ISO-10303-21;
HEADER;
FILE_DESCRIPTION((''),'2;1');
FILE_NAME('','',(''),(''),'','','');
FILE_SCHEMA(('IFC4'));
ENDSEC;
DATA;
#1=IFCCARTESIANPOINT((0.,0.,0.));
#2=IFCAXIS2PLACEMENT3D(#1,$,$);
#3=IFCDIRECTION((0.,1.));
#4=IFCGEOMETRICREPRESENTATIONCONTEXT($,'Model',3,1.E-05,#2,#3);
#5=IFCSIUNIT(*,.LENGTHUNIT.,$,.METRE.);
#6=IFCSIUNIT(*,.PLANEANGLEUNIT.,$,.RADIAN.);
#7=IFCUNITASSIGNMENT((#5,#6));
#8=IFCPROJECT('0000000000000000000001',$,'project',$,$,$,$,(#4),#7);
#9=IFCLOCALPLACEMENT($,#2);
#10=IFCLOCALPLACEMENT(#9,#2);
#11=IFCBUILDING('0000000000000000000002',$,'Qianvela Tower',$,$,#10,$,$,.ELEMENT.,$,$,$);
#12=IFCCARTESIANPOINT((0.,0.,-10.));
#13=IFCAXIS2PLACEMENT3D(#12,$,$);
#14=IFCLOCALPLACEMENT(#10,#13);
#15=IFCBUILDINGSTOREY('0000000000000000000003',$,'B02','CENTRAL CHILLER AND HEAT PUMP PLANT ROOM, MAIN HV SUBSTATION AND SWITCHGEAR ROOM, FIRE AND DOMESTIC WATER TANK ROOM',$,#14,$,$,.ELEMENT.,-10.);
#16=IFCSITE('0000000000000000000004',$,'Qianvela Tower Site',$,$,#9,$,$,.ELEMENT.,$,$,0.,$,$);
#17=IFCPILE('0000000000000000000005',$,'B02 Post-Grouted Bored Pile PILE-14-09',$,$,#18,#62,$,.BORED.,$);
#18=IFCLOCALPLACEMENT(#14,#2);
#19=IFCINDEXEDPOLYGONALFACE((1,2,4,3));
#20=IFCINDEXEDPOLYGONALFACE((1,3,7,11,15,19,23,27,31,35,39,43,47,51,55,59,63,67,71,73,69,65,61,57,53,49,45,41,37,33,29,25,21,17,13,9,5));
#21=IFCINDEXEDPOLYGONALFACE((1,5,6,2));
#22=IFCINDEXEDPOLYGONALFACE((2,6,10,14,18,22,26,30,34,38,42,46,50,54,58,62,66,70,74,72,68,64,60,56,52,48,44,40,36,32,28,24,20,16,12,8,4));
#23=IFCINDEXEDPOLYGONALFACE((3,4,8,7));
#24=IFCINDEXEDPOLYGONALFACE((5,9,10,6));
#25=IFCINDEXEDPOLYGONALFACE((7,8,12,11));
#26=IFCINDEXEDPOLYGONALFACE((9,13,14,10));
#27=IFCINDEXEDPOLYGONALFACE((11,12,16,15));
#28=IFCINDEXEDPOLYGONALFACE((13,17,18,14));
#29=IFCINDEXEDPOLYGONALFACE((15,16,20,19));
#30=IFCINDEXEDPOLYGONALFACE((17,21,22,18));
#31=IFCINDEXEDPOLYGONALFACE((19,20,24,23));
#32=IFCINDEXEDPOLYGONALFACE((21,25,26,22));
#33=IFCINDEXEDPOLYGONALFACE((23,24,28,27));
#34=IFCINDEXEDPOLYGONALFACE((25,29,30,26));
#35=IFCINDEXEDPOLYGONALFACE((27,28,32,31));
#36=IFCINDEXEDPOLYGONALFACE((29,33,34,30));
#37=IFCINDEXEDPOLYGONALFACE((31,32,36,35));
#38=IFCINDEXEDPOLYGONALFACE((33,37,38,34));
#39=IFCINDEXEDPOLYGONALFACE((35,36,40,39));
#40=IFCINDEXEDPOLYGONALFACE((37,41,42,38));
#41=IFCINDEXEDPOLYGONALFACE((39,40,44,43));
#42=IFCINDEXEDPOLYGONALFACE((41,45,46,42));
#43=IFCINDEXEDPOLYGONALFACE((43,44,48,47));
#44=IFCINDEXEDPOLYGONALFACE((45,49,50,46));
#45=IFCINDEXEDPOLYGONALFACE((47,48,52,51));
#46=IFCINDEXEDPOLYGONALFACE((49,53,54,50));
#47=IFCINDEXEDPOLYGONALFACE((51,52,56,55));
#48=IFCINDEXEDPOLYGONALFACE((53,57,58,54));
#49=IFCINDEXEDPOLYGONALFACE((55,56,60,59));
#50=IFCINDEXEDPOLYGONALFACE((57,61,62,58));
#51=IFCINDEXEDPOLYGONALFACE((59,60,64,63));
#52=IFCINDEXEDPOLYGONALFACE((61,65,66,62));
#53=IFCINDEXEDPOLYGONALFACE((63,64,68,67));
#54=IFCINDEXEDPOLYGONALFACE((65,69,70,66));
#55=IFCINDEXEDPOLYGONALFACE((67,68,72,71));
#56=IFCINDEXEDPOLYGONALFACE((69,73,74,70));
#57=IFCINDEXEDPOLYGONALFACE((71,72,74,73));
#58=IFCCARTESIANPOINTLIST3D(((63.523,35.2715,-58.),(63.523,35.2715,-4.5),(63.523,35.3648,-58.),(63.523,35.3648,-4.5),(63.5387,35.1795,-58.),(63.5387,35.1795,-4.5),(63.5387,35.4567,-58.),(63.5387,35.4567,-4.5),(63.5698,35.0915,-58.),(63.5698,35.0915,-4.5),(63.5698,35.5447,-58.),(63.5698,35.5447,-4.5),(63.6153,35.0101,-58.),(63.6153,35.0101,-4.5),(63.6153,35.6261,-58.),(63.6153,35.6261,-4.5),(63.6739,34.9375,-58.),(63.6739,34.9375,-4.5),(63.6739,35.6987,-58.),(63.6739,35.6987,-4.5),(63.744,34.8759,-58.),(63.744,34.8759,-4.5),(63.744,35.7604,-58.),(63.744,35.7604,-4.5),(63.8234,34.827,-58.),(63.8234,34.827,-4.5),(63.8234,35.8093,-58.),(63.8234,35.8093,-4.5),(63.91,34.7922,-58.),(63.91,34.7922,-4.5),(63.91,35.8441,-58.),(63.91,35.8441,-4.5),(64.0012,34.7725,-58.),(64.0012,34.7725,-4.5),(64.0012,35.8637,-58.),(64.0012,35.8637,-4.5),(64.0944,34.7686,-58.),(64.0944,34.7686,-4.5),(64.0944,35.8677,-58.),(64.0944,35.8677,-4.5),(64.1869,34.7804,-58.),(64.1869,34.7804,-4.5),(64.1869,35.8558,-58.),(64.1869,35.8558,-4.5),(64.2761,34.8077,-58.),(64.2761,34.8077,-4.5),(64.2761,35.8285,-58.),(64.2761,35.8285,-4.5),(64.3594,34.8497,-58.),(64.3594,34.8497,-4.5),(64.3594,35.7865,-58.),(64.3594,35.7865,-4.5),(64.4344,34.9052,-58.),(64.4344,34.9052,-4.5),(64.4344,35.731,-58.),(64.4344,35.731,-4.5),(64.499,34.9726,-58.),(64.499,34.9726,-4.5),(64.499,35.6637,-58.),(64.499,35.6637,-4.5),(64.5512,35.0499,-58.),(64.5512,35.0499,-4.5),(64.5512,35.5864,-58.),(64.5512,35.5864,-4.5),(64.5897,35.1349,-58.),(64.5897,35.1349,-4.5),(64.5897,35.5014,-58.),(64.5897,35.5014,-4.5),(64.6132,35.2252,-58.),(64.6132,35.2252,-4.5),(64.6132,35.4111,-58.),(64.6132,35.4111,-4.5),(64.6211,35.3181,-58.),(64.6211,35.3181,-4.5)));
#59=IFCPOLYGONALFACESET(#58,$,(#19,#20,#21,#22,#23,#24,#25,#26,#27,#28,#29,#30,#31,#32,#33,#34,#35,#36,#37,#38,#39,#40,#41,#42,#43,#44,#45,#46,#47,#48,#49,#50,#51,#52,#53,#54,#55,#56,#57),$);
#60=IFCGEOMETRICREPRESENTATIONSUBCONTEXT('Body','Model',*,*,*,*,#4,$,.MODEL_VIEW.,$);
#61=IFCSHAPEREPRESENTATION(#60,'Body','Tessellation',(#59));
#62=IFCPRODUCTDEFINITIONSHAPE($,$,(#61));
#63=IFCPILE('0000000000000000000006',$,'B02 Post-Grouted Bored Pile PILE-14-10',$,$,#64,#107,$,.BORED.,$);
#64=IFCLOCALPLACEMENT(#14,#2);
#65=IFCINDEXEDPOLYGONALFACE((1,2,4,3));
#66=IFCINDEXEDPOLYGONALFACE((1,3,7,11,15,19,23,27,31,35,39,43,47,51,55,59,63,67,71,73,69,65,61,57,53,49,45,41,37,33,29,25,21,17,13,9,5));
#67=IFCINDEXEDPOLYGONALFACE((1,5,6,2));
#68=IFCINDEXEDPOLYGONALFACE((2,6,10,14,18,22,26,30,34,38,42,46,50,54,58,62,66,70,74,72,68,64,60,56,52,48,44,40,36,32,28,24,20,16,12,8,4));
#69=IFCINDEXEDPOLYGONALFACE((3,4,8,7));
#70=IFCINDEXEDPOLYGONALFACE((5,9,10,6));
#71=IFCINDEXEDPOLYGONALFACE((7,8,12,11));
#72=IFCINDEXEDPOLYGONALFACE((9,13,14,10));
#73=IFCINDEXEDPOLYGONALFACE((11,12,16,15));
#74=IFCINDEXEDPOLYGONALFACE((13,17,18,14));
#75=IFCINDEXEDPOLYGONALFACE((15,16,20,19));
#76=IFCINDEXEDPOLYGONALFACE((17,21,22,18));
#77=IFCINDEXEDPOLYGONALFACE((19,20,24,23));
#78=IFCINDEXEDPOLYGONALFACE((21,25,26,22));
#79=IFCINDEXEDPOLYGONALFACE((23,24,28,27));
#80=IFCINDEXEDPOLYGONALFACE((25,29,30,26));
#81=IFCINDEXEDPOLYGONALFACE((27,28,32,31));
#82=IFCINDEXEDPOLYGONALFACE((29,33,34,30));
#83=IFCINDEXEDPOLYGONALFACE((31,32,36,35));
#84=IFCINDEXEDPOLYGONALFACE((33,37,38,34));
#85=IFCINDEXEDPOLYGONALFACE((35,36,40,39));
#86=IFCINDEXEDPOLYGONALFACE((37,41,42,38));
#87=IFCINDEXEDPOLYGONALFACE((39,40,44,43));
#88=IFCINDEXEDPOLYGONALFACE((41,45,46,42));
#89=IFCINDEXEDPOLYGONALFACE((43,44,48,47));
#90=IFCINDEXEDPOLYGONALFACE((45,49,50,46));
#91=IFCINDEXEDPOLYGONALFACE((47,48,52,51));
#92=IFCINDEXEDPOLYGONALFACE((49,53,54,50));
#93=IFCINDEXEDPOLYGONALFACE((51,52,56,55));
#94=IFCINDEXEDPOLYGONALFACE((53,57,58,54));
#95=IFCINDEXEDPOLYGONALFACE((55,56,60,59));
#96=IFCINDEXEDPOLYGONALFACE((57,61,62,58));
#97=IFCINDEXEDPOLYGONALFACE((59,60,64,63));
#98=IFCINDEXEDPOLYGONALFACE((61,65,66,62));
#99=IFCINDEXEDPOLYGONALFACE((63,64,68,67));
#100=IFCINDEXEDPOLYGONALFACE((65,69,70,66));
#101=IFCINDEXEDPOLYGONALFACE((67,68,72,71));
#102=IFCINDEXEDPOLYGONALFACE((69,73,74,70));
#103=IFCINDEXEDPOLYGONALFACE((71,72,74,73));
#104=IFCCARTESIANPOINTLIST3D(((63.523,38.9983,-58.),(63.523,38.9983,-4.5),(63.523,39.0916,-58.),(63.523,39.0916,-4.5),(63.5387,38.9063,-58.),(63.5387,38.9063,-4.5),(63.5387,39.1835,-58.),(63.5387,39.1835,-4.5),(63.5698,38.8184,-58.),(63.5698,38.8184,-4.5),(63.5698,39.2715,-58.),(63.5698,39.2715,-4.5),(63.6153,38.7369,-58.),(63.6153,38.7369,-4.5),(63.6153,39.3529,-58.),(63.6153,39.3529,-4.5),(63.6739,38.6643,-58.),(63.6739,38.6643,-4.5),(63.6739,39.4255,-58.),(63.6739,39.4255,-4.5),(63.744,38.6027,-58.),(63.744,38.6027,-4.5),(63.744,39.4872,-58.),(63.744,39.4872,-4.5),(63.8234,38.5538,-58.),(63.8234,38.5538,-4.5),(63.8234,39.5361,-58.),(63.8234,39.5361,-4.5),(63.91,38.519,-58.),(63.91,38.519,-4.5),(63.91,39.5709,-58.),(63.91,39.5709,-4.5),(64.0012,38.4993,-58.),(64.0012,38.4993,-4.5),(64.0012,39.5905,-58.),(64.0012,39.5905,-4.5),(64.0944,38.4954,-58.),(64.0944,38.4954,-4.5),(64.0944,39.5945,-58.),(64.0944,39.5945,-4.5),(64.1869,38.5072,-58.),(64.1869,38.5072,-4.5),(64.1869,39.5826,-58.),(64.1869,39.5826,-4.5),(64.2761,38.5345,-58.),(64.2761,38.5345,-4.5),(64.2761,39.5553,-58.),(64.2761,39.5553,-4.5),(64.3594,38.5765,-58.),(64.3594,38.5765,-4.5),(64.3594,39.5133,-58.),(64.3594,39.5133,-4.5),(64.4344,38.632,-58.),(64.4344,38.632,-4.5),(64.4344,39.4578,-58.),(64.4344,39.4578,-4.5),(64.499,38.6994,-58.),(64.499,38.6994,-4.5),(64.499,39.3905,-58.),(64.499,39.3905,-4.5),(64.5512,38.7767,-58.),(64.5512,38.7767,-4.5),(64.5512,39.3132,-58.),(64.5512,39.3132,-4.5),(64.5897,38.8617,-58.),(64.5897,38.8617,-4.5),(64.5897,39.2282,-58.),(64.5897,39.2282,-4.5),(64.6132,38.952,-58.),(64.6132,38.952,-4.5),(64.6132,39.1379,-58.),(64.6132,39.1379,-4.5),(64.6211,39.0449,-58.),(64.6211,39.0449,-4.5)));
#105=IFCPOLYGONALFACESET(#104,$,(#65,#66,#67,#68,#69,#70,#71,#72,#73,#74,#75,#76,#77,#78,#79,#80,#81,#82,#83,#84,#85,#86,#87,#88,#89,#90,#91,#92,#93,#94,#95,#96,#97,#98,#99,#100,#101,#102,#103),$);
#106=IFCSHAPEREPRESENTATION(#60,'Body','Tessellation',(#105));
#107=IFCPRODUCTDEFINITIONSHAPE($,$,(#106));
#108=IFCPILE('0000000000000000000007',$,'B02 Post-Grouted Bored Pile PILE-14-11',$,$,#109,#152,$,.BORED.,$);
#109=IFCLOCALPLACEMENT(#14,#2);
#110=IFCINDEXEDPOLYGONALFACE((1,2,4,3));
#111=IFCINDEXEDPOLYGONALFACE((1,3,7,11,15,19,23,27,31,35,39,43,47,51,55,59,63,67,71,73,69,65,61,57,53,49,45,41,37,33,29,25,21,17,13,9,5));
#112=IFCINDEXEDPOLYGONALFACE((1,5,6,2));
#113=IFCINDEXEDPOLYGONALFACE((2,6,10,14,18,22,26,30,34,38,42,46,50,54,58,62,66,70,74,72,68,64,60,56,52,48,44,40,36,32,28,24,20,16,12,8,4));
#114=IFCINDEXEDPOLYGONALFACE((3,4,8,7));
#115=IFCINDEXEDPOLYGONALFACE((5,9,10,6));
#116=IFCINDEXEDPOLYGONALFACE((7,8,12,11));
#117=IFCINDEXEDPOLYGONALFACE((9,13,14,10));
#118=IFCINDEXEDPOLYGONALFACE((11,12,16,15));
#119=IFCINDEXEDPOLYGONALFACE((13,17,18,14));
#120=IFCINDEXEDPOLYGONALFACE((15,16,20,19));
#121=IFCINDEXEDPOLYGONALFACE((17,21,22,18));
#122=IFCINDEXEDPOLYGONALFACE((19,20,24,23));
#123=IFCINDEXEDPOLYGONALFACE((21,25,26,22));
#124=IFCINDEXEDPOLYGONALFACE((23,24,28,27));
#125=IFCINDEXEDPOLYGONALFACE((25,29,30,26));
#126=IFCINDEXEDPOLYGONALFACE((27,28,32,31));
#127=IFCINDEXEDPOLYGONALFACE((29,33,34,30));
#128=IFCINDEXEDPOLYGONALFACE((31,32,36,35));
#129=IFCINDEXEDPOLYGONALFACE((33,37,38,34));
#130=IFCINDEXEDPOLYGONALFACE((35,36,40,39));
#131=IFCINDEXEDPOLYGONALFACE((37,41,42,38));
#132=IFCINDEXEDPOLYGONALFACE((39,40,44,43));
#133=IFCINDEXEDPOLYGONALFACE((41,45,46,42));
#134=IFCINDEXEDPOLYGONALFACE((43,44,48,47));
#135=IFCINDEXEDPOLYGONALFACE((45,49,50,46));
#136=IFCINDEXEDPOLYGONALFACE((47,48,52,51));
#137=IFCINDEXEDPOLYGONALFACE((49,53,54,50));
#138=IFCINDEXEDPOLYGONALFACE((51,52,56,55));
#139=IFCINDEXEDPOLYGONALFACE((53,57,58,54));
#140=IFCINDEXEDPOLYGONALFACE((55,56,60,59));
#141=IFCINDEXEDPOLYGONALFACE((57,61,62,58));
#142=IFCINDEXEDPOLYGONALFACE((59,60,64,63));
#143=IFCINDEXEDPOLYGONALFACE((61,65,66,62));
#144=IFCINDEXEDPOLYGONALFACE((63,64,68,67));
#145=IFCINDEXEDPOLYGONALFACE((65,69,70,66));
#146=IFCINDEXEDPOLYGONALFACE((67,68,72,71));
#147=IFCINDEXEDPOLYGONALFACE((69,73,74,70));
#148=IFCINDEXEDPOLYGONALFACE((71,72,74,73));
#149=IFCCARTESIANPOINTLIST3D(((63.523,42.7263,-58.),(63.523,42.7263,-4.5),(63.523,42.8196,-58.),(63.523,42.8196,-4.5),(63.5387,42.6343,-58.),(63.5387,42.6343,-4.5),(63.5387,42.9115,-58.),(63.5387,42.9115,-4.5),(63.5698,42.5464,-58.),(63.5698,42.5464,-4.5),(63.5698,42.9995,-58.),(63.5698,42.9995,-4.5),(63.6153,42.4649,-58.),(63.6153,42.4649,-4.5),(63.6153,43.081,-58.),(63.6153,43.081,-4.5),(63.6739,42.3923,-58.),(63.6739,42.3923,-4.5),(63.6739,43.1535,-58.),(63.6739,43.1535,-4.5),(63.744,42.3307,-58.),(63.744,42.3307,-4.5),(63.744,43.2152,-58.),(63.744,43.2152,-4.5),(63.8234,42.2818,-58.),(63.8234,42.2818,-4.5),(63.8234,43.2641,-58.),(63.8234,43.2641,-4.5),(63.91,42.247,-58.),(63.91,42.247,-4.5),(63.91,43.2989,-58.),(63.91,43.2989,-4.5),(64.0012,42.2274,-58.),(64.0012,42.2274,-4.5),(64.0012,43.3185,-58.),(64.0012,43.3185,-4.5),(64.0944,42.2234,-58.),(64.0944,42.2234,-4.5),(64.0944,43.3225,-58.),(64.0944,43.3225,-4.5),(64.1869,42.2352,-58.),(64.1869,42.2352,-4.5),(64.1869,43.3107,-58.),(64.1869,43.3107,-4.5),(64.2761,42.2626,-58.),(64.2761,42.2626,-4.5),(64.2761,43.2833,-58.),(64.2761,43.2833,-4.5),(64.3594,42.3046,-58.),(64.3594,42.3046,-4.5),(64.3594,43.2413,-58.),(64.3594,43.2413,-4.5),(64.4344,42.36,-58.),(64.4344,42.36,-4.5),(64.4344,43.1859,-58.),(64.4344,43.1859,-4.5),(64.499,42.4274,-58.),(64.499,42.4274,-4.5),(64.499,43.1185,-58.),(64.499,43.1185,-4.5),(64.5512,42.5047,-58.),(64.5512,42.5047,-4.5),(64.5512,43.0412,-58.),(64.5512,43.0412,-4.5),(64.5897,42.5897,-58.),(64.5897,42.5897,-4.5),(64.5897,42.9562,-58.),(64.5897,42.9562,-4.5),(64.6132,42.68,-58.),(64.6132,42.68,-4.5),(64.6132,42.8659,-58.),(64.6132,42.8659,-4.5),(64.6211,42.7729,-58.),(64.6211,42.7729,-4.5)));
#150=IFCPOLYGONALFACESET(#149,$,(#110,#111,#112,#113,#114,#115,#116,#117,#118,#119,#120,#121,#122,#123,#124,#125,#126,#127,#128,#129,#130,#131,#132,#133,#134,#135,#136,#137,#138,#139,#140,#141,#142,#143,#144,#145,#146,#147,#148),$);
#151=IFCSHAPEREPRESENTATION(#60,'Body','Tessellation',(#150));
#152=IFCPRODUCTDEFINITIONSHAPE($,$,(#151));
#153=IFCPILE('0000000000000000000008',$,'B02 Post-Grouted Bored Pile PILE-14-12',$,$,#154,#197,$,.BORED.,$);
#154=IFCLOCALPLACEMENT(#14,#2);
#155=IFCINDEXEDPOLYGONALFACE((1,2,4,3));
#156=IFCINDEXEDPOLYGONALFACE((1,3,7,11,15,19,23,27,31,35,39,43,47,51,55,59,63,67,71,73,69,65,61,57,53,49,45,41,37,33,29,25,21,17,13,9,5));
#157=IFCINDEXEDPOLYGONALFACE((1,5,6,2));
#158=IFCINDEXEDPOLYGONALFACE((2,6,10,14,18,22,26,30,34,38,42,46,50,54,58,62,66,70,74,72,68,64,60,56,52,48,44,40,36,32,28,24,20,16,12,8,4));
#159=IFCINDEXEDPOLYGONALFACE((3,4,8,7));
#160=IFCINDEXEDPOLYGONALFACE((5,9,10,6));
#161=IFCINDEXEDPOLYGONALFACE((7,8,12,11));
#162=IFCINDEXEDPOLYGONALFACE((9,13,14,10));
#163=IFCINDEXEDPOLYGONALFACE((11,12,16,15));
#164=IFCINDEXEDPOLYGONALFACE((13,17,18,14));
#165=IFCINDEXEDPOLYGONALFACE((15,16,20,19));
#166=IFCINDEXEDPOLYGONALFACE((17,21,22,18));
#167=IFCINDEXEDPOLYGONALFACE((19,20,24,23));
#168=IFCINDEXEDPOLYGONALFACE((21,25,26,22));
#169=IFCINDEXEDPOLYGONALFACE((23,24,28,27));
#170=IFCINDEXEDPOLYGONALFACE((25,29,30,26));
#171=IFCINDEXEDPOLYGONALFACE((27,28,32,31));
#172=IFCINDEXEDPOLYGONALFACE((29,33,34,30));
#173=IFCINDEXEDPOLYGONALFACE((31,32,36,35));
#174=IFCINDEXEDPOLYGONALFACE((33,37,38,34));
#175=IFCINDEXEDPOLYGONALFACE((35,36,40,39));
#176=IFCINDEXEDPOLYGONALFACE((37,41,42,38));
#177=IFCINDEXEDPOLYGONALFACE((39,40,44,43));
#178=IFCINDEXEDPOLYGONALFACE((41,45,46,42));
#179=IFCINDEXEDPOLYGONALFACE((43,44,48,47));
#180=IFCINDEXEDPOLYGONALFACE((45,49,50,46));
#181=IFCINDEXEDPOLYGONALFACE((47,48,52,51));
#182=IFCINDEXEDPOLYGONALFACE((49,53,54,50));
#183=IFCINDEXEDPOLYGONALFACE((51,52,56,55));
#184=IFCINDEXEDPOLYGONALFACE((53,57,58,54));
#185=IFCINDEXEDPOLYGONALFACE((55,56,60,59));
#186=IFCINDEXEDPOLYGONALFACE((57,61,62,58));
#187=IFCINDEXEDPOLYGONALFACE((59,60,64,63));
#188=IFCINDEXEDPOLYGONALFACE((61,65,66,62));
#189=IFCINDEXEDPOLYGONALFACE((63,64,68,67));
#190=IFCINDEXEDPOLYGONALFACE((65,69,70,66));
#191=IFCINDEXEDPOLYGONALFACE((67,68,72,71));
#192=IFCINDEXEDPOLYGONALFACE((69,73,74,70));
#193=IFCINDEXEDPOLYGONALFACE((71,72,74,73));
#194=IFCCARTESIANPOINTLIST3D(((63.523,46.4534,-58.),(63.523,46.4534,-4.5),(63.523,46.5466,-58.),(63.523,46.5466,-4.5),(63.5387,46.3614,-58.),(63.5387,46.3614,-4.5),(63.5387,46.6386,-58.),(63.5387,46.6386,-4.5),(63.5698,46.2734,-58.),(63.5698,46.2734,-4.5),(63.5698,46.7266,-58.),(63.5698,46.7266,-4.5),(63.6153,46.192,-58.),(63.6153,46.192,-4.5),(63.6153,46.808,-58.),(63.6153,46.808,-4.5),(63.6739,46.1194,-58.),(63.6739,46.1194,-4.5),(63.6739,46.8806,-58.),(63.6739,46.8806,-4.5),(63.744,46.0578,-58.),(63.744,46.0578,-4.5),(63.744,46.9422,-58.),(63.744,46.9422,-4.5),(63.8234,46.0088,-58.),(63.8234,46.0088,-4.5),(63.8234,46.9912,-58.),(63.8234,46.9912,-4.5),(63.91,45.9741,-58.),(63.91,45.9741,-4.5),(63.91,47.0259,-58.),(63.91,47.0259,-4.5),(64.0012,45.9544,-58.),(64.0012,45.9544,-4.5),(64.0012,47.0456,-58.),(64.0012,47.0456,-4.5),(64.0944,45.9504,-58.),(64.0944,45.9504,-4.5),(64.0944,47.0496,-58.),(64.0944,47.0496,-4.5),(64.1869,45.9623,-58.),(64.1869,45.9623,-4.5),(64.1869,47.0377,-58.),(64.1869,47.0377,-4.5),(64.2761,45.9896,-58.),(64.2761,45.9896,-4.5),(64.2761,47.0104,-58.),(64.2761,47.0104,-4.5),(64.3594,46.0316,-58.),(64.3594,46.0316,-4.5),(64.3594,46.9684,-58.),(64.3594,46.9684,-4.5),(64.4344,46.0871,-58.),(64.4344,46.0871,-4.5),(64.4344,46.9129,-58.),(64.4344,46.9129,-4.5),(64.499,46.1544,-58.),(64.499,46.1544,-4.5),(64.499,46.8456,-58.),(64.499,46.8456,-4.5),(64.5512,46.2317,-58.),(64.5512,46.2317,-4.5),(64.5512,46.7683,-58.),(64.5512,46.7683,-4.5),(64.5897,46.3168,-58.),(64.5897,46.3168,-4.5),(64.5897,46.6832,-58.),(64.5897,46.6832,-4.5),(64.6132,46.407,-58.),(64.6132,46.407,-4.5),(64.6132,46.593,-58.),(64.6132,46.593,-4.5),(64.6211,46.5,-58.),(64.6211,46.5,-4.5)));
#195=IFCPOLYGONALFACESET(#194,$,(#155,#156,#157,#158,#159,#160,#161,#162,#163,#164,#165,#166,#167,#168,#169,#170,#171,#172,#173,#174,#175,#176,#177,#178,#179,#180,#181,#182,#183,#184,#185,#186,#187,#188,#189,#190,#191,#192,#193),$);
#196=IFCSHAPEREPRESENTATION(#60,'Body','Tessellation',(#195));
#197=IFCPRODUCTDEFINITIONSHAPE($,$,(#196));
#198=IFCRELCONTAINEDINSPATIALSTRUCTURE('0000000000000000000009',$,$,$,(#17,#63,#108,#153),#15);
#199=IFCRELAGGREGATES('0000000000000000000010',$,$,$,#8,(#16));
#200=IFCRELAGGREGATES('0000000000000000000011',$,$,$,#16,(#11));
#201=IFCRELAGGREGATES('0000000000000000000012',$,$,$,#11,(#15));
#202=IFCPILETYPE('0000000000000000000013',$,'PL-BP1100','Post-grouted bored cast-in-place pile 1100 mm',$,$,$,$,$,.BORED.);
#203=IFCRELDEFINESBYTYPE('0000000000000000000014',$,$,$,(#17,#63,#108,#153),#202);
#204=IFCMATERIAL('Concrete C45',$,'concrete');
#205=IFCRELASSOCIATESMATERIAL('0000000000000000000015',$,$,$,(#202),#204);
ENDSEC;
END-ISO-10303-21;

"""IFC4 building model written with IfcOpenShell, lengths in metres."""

from ifc_helpers import new_model, si_unit, direction, frame, origin, origin_2d, place, context, subcontext, project, spatial, circle, extrude, material, material_profile, profile_set, type_object, element, save


model = new_model("IFC4")

# Units and contexts
model_context = context("Model", 3, precision=1e-05, world=origin(), true_north=direction((0.0, 1.0)))
body_context = subcontext(model_context, "Body", "Model", "MODEL_VIEW")
ifc_project = project(units=[si_unit("LENGTHUNIT", "METRE"), si_unit("PLANEANGLEUNIT", "RADIAN")], contexts=[model_context])

# Site, building, storey
site_placement = place(None, origin())
site = spatial("IfcSite", under=ifc_project, at=site_placement, Name="Qianvela Tower Site", CompositionType="ELEMENT", RefElevation=0.0)
building_placement = place(site_placement, origin())
building = spatial("IfcBuilding", under=site, at=building_placement, Name="Qianvela Tower", CompositionType="ELEMENT")
storey_placement = place(building_placement, frame((0.0, 0.0, -10.0)))
storey = spatial("IfcBuildingStorey", under=building, at=storey_placement, Name="B02", Description="CENTRAL CHILLER AND HEAT PUMP PLANT ROOM, MAIN HV SUBSTATION AND SWITCHGEAR ROOM, FIRE AND DOMESTIC WATER TANK ROOM", CompositionType="ELEMENT", Elevation=-10.0)

# Piles
ifc_material_1 = material(Name="Concrete C45", Category="concrete")
ifc_material_profile_1 = material_profile(ifc_material_1, circle(Radius=0.55, at=origin_2d()), Name="BP-1100")
ifc_profile_set_1 = profile_set([ifc_material_profile_1], Name="Concrete C45")
pile_type_1 = type_object("IfcPileType", Name="PL-BP1100", Description="Post-grouted bored cast-in-place pile 1100 mm", PredefinedType="BORED", material=ifc_profile_set_1)
for number, where, z_axis, x_axis, name in (
    (1, (64.071, 35.3181, -4.5), (0.0, 0.0, -1.0), (1.0, 0.0, 0.0), "B02 Post-Grouted Bored Pile PILE-14-09"),
    (2, (64.071, 39.0449, -4.5), (0.0, 0.0, -1.0), (1.0, 0.0, 0.0), "B02 Post-Grouted Bored Pile PILE-14-10"),
    (3, (64.071, 42.7729, -4.5), (0.0, 0.0, -1.0), (1.0, 0.0, 0.0), "B02 Post-Grouted Bored Pile PILE-14-11"),
    (4, (64.071, 46.5, -4.5), (0.0, 0.0, -1.0), (1.0, 0.0, 0.0), "B02 Post-Grouted Bored Pile PILE-14-12"),
):
    element("IfcPile", number, at=place(storey_placement, frame(where, z_axis=z_axis, x_axis=x_axis)), inside=storey, type_object=pile_type_1, Name=name, PredefinedType="BORED", context=body_context, shape_type="SweptSolid", body=[
        extrude(circle(Radius=0.55, at=origin_2d()), origin(), (0.0, 0.0, 1.0), 53.5),
    ])

save(model, "model.ifc")
